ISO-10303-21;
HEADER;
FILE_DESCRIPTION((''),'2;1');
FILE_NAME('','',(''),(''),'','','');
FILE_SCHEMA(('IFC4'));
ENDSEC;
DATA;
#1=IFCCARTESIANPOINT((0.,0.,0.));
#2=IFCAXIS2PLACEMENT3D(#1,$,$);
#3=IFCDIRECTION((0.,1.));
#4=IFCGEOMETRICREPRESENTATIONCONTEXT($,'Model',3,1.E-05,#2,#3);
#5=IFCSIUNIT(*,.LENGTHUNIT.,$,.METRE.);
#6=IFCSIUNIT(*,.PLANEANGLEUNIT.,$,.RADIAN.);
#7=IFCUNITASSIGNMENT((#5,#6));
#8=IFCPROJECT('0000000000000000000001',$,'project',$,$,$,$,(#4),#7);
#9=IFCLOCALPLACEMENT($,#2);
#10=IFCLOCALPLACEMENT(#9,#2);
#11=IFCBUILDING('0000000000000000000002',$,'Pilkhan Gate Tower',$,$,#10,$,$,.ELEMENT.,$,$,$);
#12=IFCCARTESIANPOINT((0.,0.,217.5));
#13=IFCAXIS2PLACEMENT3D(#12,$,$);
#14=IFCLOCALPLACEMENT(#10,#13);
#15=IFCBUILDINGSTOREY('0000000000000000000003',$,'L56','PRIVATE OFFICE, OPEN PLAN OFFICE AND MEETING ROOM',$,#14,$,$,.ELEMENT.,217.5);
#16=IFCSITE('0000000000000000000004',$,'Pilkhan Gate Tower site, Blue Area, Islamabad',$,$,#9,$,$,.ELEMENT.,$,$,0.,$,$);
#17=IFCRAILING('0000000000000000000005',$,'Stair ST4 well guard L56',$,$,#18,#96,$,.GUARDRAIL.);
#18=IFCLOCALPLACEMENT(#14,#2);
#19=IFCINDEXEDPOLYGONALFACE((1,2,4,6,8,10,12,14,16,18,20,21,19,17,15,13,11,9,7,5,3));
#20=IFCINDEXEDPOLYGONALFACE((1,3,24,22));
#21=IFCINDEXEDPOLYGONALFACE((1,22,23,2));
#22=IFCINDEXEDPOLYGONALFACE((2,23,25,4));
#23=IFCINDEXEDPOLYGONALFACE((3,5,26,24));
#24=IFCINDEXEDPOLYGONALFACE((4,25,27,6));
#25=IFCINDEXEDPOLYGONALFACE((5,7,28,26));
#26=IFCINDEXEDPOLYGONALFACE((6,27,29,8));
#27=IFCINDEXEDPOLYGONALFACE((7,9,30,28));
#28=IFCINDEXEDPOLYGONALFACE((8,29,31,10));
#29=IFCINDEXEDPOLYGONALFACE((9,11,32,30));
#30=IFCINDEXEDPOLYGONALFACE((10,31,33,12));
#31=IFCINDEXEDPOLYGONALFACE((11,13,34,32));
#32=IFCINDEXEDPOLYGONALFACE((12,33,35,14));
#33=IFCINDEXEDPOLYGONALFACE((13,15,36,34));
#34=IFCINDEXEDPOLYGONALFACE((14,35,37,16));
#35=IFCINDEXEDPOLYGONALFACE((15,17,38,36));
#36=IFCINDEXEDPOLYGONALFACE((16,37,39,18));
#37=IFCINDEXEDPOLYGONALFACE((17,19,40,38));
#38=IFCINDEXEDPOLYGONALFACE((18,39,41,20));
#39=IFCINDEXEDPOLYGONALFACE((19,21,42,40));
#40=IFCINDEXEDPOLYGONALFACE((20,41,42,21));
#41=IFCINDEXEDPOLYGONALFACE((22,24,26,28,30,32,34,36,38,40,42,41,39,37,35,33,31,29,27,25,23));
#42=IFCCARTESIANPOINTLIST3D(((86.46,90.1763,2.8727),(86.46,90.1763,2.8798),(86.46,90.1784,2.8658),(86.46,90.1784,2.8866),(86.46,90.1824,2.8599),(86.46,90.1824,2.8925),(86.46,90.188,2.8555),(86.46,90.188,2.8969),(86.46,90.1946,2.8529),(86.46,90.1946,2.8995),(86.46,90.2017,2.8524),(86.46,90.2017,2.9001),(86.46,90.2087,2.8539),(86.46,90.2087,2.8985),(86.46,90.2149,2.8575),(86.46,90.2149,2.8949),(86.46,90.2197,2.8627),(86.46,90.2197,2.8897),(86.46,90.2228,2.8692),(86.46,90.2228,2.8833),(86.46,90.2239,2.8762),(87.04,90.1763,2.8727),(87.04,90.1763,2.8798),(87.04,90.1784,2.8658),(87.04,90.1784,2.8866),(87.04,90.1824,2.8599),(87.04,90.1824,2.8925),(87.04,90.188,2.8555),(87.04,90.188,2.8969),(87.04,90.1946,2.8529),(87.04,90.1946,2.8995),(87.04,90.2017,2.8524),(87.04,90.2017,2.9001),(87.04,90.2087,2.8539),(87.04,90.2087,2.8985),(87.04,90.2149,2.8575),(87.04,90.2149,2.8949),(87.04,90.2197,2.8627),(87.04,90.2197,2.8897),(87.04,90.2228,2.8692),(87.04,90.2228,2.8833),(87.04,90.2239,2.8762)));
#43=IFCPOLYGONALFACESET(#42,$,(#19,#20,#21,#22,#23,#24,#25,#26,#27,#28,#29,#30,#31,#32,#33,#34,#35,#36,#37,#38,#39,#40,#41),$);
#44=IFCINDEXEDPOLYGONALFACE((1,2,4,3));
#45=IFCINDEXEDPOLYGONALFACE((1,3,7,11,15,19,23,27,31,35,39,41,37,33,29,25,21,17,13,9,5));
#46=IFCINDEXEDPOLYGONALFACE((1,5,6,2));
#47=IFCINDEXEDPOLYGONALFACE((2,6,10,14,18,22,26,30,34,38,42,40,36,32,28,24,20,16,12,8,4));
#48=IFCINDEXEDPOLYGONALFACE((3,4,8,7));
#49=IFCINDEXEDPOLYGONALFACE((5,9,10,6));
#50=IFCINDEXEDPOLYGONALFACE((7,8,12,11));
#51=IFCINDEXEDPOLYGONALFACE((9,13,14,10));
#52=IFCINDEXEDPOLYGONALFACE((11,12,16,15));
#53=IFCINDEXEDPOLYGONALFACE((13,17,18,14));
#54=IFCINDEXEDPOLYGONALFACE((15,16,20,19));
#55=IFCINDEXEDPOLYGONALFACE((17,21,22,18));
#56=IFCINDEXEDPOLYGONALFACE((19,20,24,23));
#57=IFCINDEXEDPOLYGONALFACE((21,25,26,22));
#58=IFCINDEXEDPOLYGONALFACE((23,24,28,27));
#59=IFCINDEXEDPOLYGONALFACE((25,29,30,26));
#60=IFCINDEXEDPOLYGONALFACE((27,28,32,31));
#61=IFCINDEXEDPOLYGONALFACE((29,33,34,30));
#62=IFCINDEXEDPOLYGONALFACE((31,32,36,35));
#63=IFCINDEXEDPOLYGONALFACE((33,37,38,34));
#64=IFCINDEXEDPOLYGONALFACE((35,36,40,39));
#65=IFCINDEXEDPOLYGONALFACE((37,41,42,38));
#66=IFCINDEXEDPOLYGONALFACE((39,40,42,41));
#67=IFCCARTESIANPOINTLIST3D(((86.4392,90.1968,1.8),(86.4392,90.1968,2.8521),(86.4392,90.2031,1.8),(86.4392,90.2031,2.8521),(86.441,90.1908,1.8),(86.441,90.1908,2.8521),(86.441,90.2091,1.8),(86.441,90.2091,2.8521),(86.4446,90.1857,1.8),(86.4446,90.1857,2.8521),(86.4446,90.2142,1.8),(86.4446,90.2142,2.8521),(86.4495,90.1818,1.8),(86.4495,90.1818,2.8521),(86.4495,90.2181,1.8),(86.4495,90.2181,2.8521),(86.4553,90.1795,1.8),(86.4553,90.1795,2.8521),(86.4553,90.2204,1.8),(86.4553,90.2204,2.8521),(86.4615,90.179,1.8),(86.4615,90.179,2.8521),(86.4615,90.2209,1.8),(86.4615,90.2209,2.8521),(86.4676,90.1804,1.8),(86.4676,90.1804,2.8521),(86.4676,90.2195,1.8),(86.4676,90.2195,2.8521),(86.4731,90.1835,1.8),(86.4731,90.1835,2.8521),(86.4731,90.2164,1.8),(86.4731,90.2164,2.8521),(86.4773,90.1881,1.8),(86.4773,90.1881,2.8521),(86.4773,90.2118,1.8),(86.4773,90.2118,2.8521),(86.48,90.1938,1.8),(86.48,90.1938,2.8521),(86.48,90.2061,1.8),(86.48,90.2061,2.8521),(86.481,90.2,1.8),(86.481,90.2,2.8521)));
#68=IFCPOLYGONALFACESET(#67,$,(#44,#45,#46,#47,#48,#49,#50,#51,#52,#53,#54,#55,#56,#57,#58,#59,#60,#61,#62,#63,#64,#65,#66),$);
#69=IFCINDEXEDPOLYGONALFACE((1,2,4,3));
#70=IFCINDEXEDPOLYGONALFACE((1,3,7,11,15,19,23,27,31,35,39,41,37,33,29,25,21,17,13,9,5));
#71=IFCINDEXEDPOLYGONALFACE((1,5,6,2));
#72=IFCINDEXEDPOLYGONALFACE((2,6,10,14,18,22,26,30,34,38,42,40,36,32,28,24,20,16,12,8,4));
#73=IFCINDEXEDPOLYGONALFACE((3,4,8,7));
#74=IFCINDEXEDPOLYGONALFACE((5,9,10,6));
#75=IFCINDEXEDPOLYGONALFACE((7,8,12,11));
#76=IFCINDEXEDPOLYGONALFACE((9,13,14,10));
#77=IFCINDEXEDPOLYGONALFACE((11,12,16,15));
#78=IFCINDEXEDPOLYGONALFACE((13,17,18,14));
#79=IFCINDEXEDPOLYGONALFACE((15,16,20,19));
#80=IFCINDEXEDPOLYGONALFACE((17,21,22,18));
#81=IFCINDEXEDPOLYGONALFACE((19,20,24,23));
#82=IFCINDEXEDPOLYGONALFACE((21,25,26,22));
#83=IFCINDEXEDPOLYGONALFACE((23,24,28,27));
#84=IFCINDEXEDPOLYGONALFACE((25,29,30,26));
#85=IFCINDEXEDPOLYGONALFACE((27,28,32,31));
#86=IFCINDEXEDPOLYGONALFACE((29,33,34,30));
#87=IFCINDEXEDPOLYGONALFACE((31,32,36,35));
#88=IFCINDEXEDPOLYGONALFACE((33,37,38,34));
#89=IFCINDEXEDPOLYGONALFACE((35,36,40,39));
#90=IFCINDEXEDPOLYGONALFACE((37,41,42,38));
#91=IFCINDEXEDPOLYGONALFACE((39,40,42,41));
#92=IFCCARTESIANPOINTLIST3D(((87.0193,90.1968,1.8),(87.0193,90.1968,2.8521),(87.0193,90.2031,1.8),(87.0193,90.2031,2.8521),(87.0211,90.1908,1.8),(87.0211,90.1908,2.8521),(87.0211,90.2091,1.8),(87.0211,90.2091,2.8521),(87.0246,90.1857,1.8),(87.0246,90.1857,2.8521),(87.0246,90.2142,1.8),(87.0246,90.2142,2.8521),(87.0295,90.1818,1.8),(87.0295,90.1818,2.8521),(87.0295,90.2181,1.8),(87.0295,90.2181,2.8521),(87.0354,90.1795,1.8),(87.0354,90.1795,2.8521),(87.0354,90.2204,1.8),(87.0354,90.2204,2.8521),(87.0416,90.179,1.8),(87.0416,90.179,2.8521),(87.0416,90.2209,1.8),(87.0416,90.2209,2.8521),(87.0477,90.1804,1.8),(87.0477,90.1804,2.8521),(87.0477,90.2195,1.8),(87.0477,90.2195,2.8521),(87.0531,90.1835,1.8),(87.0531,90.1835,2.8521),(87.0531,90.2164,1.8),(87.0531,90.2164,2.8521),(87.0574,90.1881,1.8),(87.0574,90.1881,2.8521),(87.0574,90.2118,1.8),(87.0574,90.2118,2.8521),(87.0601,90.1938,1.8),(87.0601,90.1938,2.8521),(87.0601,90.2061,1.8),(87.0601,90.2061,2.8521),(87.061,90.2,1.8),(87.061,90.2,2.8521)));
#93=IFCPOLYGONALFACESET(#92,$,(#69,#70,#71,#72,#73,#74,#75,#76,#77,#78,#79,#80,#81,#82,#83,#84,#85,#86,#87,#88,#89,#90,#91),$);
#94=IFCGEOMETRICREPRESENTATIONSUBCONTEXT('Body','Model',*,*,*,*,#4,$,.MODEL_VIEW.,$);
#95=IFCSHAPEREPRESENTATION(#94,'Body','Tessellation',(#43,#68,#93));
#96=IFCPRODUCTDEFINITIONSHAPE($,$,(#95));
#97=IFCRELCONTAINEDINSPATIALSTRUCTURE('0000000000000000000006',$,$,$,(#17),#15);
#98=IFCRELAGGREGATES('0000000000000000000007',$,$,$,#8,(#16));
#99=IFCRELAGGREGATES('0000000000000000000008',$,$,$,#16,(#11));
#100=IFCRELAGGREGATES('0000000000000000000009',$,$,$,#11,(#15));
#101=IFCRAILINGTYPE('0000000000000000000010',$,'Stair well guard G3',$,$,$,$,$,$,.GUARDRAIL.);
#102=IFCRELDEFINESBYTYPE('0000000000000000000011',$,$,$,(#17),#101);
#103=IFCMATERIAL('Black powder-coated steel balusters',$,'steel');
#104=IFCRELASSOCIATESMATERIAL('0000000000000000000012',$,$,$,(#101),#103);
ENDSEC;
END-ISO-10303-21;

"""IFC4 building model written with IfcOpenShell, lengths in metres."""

from ifc_helpers import new_model, si_unit, direction, frame, origin, origin_2d, place, context, subcontext, project, spatial, circle, extrude, material, type_object, element, save


model = new_model("IFC4")

# Units and contexts
model_context = context("Model", 3, precision=1e-05, world=origin(), true_north=direction((0.0, 1.0)))
body_context = subcontext(model_context, "Body", "Model", "MODEL_VIEW")
ifc_project = project(units=[si_unit("LENGTHUNIT", "METRE"), si_unit("PLANEANGLEUNIT", "RADIAN")], contexts=[model_context])

# Site, building, storey
site_placement = place(None, origin())
site = spatial("IfcSite", under=ifc_project, at=site_placement, Name="Pilkhan Gate Tower site, Blue Area, Islamabad", CompositionType="ELEMENT", RefElevation=0.0)
building_placement = place(site_placement, origin())
building = spatial("IfcBuilding", under=site, at=building_placement, Name="Pilkhan Gate Tower", CompositionType="ELEMENT")
storey_placement = place(building_placement, frame((0.0, 0.0, 217.5)))
storey = spatial("IfcBuildingStorey", under=building, at=storey_placement, Name="L56", Description="PRIVATE OFFICE, OPEN PLAN OFFICE AND MEETING ROOM", CompositionType="ELEMENT", Elevation=217.5)

# Railing
ifc_material_1 = material(Name="Black powder-coated steel balusters", Category="steel")
railing_type_1 = type_object("IfcRailingType", Name="Stair well guard G3", PredefinedType="GUARDRAIL", material=ifc_material_1)
for number, where, name in (
    (1, (86.46, 90.2, 1.8), "Stair ST4 well guard L56"),
):
    element("IfcRailing", number, at=place(storey_placement, frame(where)), inside=storey, type_object=railing_type_1, Name=name, PredefinedType="GUARDRAIL", context=body_context, shape_type="SweptSolid", body=[
        extrude(circle(Radius=0.0239, at=origin_2d()), frame((0.0, 0.0, 1.0762), z_axis=(1.0, 0.0, 0.0), x_axis=(0.0, 1.0, 0.0)), (0.0, 0.0, 1.0), 0.5801),
        extrude(circle(Radius=0.021, at=origin_2d()), origin(), (0.0, 0.0, 1.0), 1.052),
        extrude(circle(Radius=0.021, at=origin_2d()), frame((0.5801, 0.0, 0.0)), (0.0, 0.0, 1.0), 1.052),
    ])

save(model, "model.ifc")
